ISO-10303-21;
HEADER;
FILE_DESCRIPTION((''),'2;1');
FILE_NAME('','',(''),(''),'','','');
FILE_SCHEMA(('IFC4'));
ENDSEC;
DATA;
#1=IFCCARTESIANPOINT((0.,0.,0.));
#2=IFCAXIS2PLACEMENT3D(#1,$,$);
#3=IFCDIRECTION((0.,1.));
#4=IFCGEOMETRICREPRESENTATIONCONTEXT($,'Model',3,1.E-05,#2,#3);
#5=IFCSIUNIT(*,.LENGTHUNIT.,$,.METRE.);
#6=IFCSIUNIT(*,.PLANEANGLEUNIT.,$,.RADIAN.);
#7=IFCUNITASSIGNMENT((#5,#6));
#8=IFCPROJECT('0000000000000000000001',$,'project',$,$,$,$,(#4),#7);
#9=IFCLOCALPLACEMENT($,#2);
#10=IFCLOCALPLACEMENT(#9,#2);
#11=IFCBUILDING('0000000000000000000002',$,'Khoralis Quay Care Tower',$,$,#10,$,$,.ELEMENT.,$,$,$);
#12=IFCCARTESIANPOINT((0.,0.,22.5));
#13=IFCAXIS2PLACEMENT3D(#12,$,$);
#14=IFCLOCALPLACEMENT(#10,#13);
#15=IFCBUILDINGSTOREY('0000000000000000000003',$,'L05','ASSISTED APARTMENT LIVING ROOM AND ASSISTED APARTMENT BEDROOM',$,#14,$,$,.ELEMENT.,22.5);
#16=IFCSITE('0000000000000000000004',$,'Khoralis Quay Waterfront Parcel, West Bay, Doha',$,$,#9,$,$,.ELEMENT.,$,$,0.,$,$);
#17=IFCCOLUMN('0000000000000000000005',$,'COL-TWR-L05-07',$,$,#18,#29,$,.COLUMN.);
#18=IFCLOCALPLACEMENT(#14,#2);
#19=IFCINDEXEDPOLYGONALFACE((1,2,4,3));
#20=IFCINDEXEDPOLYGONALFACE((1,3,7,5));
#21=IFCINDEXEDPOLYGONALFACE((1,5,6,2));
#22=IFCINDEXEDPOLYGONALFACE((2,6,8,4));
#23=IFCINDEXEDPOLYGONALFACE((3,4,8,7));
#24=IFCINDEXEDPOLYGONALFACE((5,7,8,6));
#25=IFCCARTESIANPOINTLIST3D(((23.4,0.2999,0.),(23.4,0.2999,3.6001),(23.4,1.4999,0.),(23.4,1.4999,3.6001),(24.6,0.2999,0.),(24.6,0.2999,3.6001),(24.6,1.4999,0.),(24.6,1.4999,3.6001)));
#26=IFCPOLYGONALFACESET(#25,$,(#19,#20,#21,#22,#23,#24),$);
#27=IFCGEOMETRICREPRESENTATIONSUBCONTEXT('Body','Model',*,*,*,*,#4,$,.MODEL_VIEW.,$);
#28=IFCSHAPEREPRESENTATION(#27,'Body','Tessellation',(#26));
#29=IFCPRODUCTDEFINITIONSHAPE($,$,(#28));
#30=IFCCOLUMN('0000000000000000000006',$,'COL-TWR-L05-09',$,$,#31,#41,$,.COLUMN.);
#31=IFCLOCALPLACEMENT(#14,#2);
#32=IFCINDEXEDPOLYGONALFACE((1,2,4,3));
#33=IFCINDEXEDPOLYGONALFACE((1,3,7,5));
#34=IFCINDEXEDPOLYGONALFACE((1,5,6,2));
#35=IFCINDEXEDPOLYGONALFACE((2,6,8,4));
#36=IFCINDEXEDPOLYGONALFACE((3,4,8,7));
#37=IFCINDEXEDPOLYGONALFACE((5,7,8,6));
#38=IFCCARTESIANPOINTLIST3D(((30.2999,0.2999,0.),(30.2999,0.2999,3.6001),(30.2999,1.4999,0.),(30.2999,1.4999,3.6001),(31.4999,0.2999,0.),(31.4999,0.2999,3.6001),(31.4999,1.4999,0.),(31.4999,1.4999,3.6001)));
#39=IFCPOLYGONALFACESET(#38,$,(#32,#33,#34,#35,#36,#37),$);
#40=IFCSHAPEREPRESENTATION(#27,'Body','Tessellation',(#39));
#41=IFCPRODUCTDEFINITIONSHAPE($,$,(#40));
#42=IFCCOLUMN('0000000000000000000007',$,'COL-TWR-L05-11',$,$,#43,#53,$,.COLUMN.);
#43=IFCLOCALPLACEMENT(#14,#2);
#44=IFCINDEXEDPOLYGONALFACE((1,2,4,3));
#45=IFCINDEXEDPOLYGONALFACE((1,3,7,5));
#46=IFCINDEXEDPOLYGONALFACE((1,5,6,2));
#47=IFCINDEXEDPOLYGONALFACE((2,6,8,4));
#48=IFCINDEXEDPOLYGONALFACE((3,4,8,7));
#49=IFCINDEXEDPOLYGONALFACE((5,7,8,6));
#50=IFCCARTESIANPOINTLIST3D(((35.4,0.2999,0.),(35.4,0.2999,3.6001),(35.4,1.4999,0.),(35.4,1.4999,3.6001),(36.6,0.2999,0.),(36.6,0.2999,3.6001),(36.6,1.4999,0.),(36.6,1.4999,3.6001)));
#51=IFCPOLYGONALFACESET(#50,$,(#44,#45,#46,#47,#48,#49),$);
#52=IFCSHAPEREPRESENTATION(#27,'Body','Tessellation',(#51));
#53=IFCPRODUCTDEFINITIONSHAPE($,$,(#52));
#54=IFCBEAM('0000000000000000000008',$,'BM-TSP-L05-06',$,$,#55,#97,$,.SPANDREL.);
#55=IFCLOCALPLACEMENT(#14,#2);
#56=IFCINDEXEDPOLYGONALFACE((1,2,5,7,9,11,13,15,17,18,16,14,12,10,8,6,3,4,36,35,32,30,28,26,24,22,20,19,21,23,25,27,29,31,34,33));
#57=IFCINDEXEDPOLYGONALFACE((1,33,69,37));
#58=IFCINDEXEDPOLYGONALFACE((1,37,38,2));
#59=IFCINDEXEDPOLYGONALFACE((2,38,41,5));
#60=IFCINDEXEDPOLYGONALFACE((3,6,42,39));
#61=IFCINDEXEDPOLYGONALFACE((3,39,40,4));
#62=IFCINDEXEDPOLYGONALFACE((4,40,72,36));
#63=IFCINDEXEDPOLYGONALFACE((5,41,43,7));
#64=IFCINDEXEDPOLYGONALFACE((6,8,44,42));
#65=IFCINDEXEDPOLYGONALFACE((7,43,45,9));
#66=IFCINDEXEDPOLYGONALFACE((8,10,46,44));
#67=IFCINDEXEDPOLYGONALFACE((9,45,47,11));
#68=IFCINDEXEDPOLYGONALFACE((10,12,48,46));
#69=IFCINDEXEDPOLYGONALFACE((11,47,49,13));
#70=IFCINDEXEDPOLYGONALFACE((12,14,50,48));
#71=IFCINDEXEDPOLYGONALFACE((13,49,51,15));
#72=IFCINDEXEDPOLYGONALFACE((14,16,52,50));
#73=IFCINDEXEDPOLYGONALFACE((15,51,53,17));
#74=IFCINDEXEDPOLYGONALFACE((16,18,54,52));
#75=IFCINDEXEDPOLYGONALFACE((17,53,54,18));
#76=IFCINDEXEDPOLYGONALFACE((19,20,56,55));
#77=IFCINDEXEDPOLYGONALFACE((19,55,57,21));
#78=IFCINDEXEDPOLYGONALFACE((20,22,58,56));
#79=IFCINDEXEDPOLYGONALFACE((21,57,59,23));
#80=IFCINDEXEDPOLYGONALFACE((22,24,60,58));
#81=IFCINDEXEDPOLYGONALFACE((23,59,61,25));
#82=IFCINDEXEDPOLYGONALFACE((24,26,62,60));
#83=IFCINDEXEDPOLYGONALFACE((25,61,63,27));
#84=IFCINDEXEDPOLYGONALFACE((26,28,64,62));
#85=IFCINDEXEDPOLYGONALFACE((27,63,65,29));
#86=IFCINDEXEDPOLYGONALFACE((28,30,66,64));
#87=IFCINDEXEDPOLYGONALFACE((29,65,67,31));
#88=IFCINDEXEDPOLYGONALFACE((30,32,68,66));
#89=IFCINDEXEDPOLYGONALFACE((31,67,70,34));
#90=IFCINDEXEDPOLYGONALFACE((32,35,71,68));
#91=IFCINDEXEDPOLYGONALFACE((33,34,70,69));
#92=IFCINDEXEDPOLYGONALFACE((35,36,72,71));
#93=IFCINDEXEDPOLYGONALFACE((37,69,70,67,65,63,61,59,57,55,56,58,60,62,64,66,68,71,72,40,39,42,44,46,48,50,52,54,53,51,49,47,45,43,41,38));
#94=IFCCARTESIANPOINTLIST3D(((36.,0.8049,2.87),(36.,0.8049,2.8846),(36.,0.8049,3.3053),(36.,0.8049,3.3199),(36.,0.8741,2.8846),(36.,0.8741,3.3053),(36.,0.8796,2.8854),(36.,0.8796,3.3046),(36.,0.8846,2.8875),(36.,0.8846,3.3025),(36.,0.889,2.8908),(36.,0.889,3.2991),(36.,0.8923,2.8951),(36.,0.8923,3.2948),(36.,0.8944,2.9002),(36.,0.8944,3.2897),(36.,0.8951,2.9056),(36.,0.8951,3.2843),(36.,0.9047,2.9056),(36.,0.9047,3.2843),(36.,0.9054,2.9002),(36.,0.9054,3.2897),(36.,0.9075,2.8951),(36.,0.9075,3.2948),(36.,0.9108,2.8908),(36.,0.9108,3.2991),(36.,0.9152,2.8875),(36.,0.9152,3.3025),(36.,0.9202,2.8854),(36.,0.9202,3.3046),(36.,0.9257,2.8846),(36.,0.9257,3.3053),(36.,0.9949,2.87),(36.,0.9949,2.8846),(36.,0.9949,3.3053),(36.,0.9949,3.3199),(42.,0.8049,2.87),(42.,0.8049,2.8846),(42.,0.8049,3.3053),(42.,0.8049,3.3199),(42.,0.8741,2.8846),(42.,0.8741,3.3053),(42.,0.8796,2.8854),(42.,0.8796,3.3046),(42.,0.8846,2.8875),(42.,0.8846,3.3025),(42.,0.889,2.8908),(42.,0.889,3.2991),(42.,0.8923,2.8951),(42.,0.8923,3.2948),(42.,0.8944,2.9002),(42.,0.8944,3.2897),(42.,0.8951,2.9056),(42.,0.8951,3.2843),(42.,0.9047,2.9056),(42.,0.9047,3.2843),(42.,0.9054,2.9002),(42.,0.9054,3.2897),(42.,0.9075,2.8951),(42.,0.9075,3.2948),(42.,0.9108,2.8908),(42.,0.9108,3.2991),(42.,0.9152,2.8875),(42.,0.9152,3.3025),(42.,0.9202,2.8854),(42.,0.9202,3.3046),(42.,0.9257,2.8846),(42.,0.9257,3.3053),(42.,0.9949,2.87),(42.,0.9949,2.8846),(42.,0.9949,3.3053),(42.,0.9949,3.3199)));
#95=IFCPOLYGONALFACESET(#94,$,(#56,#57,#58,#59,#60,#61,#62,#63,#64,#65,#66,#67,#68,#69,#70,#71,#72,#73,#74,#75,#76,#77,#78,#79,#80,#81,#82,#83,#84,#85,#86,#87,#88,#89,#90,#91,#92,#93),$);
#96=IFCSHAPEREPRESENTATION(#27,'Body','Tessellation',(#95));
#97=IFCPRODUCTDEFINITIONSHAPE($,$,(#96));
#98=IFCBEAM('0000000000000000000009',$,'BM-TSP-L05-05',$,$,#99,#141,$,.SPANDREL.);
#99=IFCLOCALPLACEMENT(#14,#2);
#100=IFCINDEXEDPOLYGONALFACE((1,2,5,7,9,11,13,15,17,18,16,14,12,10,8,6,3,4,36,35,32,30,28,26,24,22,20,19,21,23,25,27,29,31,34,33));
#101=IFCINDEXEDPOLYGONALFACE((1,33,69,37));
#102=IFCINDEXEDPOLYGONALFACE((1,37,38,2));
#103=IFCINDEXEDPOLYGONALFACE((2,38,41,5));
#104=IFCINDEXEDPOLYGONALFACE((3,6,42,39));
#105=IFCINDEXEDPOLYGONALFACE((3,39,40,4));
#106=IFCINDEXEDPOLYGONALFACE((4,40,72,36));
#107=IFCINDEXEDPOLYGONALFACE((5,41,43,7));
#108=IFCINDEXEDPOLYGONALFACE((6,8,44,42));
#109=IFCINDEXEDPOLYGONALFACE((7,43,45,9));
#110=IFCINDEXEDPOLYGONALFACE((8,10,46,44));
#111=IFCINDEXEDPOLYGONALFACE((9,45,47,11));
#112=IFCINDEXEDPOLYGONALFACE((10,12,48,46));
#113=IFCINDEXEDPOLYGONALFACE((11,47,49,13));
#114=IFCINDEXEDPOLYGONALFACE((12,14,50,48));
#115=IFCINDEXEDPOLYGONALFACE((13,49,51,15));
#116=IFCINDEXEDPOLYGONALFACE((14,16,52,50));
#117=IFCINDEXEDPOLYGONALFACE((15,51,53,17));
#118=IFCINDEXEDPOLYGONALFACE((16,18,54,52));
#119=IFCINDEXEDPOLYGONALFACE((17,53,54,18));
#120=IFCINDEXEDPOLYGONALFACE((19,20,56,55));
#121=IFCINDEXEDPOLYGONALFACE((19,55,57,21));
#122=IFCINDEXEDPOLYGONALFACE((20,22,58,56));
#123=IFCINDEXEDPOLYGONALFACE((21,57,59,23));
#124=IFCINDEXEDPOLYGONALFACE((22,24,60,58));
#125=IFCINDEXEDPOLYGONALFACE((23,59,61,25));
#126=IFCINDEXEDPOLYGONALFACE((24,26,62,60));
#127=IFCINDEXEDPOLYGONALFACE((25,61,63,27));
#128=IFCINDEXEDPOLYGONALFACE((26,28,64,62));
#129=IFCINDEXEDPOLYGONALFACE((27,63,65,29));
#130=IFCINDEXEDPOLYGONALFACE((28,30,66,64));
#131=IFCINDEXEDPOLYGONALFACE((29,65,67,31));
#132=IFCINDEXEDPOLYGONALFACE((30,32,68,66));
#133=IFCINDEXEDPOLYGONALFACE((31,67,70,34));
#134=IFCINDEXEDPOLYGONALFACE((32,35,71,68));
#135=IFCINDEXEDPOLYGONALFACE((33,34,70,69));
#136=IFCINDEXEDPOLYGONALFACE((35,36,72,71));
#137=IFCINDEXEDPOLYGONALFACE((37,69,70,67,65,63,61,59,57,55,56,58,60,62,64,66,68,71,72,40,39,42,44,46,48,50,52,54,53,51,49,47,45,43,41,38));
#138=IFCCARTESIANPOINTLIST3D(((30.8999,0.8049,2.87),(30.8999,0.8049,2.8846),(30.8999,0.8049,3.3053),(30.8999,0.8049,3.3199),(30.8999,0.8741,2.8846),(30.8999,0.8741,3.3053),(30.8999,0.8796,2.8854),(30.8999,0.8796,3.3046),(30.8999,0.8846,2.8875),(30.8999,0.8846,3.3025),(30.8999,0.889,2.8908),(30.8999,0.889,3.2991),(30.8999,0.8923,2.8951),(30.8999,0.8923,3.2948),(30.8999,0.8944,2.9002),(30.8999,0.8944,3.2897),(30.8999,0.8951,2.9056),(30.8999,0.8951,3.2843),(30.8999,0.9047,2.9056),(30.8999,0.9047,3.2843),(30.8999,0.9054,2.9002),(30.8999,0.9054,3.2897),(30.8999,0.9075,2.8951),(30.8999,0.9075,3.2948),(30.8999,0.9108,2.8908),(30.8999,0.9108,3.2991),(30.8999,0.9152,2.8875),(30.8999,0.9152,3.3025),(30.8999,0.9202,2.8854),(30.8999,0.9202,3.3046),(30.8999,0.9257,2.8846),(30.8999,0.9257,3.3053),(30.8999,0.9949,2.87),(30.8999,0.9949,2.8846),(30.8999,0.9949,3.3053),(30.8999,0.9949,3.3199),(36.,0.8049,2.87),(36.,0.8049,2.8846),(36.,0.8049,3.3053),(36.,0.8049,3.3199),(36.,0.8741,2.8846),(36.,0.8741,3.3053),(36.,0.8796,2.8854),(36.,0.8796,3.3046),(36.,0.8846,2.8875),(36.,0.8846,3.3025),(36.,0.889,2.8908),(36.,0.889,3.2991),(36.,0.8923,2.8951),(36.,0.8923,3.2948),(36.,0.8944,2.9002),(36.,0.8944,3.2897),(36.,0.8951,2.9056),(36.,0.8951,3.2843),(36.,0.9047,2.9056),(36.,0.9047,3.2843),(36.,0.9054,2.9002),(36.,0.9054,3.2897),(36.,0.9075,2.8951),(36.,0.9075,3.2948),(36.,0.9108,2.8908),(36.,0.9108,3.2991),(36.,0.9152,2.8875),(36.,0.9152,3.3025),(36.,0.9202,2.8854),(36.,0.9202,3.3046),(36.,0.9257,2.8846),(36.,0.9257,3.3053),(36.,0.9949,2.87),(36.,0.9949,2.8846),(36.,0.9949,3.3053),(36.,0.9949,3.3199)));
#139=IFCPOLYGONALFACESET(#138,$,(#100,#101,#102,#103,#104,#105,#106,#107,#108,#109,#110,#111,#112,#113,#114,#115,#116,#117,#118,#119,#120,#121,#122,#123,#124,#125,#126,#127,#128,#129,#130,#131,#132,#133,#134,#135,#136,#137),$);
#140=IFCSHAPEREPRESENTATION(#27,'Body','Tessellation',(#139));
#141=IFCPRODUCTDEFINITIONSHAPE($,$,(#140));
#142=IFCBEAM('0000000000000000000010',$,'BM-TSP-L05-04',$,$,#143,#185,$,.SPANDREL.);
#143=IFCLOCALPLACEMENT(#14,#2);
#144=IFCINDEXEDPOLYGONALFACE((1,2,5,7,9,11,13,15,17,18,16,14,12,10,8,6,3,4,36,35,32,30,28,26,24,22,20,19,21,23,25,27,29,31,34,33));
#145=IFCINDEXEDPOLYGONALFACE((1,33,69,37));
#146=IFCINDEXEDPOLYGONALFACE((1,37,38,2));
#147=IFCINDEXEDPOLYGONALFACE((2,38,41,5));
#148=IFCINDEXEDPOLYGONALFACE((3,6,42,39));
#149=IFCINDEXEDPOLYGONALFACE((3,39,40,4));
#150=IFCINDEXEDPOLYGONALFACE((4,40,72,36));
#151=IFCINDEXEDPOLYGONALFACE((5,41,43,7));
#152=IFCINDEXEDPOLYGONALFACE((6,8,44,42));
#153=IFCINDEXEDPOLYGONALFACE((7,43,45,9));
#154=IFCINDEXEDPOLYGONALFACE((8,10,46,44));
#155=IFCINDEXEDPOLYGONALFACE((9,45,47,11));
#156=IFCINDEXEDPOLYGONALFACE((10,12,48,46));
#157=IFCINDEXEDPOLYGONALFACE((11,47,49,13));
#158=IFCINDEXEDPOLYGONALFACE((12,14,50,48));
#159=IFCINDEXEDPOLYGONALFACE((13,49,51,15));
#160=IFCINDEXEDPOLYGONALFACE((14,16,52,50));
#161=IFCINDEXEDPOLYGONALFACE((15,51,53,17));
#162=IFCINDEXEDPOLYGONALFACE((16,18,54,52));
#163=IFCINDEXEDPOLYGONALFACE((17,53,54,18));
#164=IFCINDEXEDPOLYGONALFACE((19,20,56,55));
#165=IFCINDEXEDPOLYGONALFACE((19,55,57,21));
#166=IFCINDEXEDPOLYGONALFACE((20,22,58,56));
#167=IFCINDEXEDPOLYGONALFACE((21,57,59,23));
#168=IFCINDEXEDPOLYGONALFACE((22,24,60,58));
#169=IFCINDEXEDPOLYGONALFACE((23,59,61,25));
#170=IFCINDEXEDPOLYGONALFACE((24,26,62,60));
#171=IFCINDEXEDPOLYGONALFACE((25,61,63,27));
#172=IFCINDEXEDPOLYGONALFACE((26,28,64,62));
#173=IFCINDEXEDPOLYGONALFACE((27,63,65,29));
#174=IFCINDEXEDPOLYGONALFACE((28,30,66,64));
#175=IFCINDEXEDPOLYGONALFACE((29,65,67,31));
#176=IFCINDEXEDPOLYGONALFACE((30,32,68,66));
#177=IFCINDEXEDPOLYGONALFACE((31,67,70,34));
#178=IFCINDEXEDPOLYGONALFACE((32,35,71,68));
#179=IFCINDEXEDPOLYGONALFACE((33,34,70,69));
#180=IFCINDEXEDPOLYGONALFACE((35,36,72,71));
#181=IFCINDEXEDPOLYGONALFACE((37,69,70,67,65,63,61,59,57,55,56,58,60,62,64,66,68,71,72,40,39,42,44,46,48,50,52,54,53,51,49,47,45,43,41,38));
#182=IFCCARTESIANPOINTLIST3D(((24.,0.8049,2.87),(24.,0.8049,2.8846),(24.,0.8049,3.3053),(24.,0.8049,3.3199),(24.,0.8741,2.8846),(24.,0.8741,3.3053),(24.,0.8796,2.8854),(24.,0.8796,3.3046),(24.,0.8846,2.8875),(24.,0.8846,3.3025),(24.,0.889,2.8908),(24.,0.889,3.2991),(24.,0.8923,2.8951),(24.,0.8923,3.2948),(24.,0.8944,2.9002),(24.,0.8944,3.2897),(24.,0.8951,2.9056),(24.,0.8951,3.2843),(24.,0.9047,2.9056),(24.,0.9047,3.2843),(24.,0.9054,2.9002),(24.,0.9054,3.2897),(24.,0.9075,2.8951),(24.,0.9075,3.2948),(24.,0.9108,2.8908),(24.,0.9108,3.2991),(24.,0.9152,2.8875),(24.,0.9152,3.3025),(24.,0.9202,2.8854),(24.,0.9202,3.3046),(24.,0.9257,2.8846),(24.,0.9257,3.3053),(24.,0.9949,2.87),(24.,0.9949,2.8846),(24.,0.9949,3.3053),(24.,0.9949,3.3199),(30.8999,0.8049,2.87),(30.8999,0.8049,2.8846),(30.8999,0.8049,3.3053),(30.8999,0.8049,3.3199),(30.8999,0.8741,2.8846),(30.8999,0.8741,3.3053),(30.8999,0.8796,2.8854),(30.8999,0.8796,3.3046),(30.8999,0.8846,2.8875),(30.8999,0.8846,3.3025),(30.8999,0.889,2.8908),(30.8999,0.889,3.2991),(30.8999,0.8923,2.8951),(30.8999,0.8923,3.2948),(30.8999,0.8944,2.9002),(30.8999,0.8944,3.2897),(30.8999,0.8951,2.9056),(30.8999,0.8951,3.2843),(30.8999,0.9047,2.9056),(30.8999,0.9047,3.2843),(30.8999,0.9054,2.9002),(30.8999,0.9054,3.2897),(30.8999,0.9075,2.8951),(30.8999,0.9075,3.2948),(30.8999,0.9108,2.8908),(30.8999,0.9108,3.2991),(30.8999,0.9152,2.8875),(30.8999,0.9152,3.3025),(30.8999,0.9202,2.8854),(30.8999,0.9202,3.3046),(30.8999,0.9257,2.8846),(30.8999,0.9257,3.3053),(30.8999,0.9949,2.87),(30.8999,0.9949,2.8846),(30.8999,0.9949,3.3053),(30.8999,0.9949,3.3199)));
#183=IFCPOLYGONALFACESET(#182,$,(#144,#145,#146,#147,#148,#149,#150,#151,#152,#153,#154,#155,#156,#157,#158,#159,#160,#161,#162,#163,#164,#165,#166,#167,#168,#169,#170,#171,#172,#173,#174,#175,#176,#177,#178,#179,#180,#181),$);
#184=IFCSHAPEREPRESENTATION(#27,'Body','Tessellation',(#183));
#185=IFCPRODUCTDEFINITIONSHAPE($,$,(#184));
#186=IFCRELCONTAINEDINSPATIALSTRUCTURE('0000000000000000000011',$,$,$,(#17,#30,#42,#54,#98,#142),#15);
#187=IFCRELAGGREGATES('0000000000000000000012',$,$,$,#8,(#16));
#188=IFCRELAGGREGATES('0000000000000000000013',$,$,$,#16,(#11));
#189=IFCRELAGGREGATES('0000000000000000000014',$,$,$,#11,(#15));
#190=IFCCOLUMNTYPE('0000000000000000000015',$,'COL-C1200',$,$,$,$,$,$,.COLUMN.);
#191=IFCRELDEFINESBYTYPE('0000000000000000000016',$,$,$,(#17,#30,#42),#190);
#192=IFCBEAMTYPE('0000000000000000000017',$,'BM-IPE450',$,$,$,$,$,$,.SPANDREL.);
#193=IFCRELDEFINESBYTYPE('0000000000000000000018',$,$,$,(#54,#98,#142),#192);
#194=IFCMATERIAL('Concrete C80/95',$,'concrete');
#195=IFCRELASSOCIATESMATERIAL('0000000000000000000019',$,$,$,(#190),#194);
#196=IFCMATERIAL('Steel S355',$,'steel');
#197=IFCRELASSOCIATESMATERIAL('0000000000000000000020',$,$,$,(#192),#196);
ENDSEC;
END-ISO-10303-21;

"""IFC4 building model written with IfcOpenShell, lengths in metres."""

from ifc_helpers import new_model, si_unit, direction, frame, origin, origin_2d, place, context, subcontext, project, spatial, rectangle, i_section, extrude, source, transform, mapped, material, material_profile, profile_set, type_object, element, save


model = new_model("IFC4")

# Units and contexts
model_context = context("Model", 3, precision=1e-05, world=origin(), true_north=direction((0.0, 1.0)))
body_context = subcontext(model_context, "Body", "Model", "MODEL_VIEW")
ifc_project = project(units=[si_unit("LENGTHUNIT", "METRE"), si_unit("PLANEANGLEUNIT", "RADIAN")], contexts=[model_context])

# Site, building, storey
site_placement = place(None, origin())
site = spatial("IfcSite", under=ifc_project, at=site_placement, Name="Khoralis Quay Waterfront Parcel, West Bay, Doha", CompositionType="ELEMENT", RefElevation=0.0)
building_placement = place(site_placement, origin())
building = spatial("IfcBuilding", under=site, at=building_placement, Name="Khoralis Quay Care Tower", CompositionType="ELEMENT")
storey_placement = place(building_placement, frame((0.0, 0.0, 22.5)))
storey = spatial("IfcBuildingStorey", under=building, at=storey_placement, Name="L05", Description="ASSISTED APARTMENT LIVING ROOM AND ASSISTED APARTMENT BEDROOM", CompositionType="ELEMENT", Elevation=22.5)

# Columns
ifc_material_1 = material(Name="Concrete C80/95", Category="concrete")
ifc_material_profile_1 = material_profile(ifc_material_1, rectangle(XDim=1.2, YDim=1.2, at=origin_2d()), Name="Concrete C80/95")
ifc_profile_set_1 = profile_set([ifc_material_profile_1], Name="Concrete C80/95")
column_type = type_object("IfcColumnType", Name="COL-C1200", PredefinedType="COLUMN", material=ifc_profile_set_1)
shared_shape_1 = source(origin(), body_context, "Body", "SweptSolid", [
    extrude(rectangle(XDim=1.2, YDim=1.2, at=origin_2d()), origin(), (0.0, 0.0, 1.0), 3.6001),
])
for number, where, z_axis, x_axis, name in (
    (1, (24.0, 0.8999, 0.0), (0.0, 0.0, 1.0), (1.0, 0.0, 0.0), "COL-TWR-L05-07"),
    (2, (30.8999, 0.8999, 0.0), (0.0, 0.0, 1.0), (1.0, 0.0, 0.0), "COL-TWR-L05-09"),
    (3, (36.0, 0.8999, 0.0), (0.0, 0.0, 1.0), (1.0, 0.0, 0.0), "COL-TWR-L05-11"),
):
    element("IfcColumn", number, at=place(storey_placement, frame(where, z_axis=z_axis, x_axis=x_axis)), inside=storey, type_object=column_type, Name=name, PredefinedType="COLUMN", context=body_context, shape_type="MappedRepresentation", body=[
        mapped(shared_shape_1, transform((0.0, 0.0, 0.0), scale=1.0)),
    ])

# Beams
ifc_material_2 = material(Name="Steel S355", Category="steel")
ifc_material_profile_2 = material_profile(ifc_material_2, i_section(OverallWidth=0.1899, OverallDepth=0.45, WebThickness=0.0095, FlangeThickness=0.0146, FilletRadius=0.021, at=origin_2d()), Name="Steel S355")
ifc_profile_set_2 = profile_set([ifc_material_profile_2], Name="Steel S355")
beam_type_1 = type_object("IfcBeamType", Name="BM-IPE450", PredefinedType="SPANDREL", material=ifc_profile_set_2)
shared_shape_2 = source(origin(), body_context, "Body", "SweptSolid", [
    extrude(i_section(OverallWidth=0.1899, OverallDepth=0.45, WebThickness=0.0095, FlangeThickness=0.0146, FilletRadius=0.021, at=origin_2d()), origin(), (0.0, 0.0, 1.0), 6.0),
])
beam_1_placement = place(storey_placement, frame((36.0, 0.8999, 3.095), z_axis=(1.0, 0.0, 0.0), x_axis=(0.0, 1.0, 0.0)))
element("IfcBeam", 4, at=beam_1_placement, inside=storey, type_object=beam_type_1, Name="BM-TSP-L05-06", PredefinedType="SPANDREL", context=body_context, shape_type="MappedRepresentation", body=[
    mapped(shared_shape_2, transform((0.0, 0.0, 0.0), scale=1.0)),
])
shared_shape_3 = source(origin(), body_context, "Body", "SweptSolid", [
    extrude(i_section(OverallWidth=0.1899, OverallDepth=0.45, WebThickness=0.0095, FlangeThickness=0.0146, FilletRadius=0.021, at=origin_2d()), origin(), (0.0, 0.0, 1.0), 5.1001),
])
beam_2_placement = place(storey_placement, frame((30.8999, 0.8999, 3.095), z_axis=(1.0, 0.0, 0.0), x_axis=(0.0, 1.0, 0.0)))
element("IfcBeam", 5, at=beam_2_placement, inside=storey, type_object=beam_type_1, Name="BM-TSP-L05-05", PredefinedType="SPANDREL", context=body_context, shape_type="MappedRepresentation", body=[
    mapped(shared_shape_3, transform((0.0, 0.0, 0.0), scale=1.0)),
])
shared_shape_4 = source(origin(), body_context, "Body", "SweptSolid", [
    extrude(i_section(OverallWidth=0.1899, OverallDepth=0.45, WebThickness=0.0095, FlangeThickness=0.0146, FilletRadius=0.021, at=origin_2d()), origin(), (0.0, 0.0, 1.0), 6.8999),
])
beam_3_placement = place(storey_placement, frame((24.0, 0.8999, 3.095), z_axis=(1.0, 0.0, 0.0), x_axis=(0.0, 1.0, 0.0)))
element("IfcBeam", 6, at=beam_3_placement, inside=storey, type_object=beam_type_1, Name="BM-TSP-L05-04", PredefinedType="SPANDREL", context=body_context, shape_type="MappedRepresentation", body=[
    mapped(shared_shape_4, transform((0.0, 0.0, 0.0), scale=1.0)),
])

save(model, "model.ifc")
